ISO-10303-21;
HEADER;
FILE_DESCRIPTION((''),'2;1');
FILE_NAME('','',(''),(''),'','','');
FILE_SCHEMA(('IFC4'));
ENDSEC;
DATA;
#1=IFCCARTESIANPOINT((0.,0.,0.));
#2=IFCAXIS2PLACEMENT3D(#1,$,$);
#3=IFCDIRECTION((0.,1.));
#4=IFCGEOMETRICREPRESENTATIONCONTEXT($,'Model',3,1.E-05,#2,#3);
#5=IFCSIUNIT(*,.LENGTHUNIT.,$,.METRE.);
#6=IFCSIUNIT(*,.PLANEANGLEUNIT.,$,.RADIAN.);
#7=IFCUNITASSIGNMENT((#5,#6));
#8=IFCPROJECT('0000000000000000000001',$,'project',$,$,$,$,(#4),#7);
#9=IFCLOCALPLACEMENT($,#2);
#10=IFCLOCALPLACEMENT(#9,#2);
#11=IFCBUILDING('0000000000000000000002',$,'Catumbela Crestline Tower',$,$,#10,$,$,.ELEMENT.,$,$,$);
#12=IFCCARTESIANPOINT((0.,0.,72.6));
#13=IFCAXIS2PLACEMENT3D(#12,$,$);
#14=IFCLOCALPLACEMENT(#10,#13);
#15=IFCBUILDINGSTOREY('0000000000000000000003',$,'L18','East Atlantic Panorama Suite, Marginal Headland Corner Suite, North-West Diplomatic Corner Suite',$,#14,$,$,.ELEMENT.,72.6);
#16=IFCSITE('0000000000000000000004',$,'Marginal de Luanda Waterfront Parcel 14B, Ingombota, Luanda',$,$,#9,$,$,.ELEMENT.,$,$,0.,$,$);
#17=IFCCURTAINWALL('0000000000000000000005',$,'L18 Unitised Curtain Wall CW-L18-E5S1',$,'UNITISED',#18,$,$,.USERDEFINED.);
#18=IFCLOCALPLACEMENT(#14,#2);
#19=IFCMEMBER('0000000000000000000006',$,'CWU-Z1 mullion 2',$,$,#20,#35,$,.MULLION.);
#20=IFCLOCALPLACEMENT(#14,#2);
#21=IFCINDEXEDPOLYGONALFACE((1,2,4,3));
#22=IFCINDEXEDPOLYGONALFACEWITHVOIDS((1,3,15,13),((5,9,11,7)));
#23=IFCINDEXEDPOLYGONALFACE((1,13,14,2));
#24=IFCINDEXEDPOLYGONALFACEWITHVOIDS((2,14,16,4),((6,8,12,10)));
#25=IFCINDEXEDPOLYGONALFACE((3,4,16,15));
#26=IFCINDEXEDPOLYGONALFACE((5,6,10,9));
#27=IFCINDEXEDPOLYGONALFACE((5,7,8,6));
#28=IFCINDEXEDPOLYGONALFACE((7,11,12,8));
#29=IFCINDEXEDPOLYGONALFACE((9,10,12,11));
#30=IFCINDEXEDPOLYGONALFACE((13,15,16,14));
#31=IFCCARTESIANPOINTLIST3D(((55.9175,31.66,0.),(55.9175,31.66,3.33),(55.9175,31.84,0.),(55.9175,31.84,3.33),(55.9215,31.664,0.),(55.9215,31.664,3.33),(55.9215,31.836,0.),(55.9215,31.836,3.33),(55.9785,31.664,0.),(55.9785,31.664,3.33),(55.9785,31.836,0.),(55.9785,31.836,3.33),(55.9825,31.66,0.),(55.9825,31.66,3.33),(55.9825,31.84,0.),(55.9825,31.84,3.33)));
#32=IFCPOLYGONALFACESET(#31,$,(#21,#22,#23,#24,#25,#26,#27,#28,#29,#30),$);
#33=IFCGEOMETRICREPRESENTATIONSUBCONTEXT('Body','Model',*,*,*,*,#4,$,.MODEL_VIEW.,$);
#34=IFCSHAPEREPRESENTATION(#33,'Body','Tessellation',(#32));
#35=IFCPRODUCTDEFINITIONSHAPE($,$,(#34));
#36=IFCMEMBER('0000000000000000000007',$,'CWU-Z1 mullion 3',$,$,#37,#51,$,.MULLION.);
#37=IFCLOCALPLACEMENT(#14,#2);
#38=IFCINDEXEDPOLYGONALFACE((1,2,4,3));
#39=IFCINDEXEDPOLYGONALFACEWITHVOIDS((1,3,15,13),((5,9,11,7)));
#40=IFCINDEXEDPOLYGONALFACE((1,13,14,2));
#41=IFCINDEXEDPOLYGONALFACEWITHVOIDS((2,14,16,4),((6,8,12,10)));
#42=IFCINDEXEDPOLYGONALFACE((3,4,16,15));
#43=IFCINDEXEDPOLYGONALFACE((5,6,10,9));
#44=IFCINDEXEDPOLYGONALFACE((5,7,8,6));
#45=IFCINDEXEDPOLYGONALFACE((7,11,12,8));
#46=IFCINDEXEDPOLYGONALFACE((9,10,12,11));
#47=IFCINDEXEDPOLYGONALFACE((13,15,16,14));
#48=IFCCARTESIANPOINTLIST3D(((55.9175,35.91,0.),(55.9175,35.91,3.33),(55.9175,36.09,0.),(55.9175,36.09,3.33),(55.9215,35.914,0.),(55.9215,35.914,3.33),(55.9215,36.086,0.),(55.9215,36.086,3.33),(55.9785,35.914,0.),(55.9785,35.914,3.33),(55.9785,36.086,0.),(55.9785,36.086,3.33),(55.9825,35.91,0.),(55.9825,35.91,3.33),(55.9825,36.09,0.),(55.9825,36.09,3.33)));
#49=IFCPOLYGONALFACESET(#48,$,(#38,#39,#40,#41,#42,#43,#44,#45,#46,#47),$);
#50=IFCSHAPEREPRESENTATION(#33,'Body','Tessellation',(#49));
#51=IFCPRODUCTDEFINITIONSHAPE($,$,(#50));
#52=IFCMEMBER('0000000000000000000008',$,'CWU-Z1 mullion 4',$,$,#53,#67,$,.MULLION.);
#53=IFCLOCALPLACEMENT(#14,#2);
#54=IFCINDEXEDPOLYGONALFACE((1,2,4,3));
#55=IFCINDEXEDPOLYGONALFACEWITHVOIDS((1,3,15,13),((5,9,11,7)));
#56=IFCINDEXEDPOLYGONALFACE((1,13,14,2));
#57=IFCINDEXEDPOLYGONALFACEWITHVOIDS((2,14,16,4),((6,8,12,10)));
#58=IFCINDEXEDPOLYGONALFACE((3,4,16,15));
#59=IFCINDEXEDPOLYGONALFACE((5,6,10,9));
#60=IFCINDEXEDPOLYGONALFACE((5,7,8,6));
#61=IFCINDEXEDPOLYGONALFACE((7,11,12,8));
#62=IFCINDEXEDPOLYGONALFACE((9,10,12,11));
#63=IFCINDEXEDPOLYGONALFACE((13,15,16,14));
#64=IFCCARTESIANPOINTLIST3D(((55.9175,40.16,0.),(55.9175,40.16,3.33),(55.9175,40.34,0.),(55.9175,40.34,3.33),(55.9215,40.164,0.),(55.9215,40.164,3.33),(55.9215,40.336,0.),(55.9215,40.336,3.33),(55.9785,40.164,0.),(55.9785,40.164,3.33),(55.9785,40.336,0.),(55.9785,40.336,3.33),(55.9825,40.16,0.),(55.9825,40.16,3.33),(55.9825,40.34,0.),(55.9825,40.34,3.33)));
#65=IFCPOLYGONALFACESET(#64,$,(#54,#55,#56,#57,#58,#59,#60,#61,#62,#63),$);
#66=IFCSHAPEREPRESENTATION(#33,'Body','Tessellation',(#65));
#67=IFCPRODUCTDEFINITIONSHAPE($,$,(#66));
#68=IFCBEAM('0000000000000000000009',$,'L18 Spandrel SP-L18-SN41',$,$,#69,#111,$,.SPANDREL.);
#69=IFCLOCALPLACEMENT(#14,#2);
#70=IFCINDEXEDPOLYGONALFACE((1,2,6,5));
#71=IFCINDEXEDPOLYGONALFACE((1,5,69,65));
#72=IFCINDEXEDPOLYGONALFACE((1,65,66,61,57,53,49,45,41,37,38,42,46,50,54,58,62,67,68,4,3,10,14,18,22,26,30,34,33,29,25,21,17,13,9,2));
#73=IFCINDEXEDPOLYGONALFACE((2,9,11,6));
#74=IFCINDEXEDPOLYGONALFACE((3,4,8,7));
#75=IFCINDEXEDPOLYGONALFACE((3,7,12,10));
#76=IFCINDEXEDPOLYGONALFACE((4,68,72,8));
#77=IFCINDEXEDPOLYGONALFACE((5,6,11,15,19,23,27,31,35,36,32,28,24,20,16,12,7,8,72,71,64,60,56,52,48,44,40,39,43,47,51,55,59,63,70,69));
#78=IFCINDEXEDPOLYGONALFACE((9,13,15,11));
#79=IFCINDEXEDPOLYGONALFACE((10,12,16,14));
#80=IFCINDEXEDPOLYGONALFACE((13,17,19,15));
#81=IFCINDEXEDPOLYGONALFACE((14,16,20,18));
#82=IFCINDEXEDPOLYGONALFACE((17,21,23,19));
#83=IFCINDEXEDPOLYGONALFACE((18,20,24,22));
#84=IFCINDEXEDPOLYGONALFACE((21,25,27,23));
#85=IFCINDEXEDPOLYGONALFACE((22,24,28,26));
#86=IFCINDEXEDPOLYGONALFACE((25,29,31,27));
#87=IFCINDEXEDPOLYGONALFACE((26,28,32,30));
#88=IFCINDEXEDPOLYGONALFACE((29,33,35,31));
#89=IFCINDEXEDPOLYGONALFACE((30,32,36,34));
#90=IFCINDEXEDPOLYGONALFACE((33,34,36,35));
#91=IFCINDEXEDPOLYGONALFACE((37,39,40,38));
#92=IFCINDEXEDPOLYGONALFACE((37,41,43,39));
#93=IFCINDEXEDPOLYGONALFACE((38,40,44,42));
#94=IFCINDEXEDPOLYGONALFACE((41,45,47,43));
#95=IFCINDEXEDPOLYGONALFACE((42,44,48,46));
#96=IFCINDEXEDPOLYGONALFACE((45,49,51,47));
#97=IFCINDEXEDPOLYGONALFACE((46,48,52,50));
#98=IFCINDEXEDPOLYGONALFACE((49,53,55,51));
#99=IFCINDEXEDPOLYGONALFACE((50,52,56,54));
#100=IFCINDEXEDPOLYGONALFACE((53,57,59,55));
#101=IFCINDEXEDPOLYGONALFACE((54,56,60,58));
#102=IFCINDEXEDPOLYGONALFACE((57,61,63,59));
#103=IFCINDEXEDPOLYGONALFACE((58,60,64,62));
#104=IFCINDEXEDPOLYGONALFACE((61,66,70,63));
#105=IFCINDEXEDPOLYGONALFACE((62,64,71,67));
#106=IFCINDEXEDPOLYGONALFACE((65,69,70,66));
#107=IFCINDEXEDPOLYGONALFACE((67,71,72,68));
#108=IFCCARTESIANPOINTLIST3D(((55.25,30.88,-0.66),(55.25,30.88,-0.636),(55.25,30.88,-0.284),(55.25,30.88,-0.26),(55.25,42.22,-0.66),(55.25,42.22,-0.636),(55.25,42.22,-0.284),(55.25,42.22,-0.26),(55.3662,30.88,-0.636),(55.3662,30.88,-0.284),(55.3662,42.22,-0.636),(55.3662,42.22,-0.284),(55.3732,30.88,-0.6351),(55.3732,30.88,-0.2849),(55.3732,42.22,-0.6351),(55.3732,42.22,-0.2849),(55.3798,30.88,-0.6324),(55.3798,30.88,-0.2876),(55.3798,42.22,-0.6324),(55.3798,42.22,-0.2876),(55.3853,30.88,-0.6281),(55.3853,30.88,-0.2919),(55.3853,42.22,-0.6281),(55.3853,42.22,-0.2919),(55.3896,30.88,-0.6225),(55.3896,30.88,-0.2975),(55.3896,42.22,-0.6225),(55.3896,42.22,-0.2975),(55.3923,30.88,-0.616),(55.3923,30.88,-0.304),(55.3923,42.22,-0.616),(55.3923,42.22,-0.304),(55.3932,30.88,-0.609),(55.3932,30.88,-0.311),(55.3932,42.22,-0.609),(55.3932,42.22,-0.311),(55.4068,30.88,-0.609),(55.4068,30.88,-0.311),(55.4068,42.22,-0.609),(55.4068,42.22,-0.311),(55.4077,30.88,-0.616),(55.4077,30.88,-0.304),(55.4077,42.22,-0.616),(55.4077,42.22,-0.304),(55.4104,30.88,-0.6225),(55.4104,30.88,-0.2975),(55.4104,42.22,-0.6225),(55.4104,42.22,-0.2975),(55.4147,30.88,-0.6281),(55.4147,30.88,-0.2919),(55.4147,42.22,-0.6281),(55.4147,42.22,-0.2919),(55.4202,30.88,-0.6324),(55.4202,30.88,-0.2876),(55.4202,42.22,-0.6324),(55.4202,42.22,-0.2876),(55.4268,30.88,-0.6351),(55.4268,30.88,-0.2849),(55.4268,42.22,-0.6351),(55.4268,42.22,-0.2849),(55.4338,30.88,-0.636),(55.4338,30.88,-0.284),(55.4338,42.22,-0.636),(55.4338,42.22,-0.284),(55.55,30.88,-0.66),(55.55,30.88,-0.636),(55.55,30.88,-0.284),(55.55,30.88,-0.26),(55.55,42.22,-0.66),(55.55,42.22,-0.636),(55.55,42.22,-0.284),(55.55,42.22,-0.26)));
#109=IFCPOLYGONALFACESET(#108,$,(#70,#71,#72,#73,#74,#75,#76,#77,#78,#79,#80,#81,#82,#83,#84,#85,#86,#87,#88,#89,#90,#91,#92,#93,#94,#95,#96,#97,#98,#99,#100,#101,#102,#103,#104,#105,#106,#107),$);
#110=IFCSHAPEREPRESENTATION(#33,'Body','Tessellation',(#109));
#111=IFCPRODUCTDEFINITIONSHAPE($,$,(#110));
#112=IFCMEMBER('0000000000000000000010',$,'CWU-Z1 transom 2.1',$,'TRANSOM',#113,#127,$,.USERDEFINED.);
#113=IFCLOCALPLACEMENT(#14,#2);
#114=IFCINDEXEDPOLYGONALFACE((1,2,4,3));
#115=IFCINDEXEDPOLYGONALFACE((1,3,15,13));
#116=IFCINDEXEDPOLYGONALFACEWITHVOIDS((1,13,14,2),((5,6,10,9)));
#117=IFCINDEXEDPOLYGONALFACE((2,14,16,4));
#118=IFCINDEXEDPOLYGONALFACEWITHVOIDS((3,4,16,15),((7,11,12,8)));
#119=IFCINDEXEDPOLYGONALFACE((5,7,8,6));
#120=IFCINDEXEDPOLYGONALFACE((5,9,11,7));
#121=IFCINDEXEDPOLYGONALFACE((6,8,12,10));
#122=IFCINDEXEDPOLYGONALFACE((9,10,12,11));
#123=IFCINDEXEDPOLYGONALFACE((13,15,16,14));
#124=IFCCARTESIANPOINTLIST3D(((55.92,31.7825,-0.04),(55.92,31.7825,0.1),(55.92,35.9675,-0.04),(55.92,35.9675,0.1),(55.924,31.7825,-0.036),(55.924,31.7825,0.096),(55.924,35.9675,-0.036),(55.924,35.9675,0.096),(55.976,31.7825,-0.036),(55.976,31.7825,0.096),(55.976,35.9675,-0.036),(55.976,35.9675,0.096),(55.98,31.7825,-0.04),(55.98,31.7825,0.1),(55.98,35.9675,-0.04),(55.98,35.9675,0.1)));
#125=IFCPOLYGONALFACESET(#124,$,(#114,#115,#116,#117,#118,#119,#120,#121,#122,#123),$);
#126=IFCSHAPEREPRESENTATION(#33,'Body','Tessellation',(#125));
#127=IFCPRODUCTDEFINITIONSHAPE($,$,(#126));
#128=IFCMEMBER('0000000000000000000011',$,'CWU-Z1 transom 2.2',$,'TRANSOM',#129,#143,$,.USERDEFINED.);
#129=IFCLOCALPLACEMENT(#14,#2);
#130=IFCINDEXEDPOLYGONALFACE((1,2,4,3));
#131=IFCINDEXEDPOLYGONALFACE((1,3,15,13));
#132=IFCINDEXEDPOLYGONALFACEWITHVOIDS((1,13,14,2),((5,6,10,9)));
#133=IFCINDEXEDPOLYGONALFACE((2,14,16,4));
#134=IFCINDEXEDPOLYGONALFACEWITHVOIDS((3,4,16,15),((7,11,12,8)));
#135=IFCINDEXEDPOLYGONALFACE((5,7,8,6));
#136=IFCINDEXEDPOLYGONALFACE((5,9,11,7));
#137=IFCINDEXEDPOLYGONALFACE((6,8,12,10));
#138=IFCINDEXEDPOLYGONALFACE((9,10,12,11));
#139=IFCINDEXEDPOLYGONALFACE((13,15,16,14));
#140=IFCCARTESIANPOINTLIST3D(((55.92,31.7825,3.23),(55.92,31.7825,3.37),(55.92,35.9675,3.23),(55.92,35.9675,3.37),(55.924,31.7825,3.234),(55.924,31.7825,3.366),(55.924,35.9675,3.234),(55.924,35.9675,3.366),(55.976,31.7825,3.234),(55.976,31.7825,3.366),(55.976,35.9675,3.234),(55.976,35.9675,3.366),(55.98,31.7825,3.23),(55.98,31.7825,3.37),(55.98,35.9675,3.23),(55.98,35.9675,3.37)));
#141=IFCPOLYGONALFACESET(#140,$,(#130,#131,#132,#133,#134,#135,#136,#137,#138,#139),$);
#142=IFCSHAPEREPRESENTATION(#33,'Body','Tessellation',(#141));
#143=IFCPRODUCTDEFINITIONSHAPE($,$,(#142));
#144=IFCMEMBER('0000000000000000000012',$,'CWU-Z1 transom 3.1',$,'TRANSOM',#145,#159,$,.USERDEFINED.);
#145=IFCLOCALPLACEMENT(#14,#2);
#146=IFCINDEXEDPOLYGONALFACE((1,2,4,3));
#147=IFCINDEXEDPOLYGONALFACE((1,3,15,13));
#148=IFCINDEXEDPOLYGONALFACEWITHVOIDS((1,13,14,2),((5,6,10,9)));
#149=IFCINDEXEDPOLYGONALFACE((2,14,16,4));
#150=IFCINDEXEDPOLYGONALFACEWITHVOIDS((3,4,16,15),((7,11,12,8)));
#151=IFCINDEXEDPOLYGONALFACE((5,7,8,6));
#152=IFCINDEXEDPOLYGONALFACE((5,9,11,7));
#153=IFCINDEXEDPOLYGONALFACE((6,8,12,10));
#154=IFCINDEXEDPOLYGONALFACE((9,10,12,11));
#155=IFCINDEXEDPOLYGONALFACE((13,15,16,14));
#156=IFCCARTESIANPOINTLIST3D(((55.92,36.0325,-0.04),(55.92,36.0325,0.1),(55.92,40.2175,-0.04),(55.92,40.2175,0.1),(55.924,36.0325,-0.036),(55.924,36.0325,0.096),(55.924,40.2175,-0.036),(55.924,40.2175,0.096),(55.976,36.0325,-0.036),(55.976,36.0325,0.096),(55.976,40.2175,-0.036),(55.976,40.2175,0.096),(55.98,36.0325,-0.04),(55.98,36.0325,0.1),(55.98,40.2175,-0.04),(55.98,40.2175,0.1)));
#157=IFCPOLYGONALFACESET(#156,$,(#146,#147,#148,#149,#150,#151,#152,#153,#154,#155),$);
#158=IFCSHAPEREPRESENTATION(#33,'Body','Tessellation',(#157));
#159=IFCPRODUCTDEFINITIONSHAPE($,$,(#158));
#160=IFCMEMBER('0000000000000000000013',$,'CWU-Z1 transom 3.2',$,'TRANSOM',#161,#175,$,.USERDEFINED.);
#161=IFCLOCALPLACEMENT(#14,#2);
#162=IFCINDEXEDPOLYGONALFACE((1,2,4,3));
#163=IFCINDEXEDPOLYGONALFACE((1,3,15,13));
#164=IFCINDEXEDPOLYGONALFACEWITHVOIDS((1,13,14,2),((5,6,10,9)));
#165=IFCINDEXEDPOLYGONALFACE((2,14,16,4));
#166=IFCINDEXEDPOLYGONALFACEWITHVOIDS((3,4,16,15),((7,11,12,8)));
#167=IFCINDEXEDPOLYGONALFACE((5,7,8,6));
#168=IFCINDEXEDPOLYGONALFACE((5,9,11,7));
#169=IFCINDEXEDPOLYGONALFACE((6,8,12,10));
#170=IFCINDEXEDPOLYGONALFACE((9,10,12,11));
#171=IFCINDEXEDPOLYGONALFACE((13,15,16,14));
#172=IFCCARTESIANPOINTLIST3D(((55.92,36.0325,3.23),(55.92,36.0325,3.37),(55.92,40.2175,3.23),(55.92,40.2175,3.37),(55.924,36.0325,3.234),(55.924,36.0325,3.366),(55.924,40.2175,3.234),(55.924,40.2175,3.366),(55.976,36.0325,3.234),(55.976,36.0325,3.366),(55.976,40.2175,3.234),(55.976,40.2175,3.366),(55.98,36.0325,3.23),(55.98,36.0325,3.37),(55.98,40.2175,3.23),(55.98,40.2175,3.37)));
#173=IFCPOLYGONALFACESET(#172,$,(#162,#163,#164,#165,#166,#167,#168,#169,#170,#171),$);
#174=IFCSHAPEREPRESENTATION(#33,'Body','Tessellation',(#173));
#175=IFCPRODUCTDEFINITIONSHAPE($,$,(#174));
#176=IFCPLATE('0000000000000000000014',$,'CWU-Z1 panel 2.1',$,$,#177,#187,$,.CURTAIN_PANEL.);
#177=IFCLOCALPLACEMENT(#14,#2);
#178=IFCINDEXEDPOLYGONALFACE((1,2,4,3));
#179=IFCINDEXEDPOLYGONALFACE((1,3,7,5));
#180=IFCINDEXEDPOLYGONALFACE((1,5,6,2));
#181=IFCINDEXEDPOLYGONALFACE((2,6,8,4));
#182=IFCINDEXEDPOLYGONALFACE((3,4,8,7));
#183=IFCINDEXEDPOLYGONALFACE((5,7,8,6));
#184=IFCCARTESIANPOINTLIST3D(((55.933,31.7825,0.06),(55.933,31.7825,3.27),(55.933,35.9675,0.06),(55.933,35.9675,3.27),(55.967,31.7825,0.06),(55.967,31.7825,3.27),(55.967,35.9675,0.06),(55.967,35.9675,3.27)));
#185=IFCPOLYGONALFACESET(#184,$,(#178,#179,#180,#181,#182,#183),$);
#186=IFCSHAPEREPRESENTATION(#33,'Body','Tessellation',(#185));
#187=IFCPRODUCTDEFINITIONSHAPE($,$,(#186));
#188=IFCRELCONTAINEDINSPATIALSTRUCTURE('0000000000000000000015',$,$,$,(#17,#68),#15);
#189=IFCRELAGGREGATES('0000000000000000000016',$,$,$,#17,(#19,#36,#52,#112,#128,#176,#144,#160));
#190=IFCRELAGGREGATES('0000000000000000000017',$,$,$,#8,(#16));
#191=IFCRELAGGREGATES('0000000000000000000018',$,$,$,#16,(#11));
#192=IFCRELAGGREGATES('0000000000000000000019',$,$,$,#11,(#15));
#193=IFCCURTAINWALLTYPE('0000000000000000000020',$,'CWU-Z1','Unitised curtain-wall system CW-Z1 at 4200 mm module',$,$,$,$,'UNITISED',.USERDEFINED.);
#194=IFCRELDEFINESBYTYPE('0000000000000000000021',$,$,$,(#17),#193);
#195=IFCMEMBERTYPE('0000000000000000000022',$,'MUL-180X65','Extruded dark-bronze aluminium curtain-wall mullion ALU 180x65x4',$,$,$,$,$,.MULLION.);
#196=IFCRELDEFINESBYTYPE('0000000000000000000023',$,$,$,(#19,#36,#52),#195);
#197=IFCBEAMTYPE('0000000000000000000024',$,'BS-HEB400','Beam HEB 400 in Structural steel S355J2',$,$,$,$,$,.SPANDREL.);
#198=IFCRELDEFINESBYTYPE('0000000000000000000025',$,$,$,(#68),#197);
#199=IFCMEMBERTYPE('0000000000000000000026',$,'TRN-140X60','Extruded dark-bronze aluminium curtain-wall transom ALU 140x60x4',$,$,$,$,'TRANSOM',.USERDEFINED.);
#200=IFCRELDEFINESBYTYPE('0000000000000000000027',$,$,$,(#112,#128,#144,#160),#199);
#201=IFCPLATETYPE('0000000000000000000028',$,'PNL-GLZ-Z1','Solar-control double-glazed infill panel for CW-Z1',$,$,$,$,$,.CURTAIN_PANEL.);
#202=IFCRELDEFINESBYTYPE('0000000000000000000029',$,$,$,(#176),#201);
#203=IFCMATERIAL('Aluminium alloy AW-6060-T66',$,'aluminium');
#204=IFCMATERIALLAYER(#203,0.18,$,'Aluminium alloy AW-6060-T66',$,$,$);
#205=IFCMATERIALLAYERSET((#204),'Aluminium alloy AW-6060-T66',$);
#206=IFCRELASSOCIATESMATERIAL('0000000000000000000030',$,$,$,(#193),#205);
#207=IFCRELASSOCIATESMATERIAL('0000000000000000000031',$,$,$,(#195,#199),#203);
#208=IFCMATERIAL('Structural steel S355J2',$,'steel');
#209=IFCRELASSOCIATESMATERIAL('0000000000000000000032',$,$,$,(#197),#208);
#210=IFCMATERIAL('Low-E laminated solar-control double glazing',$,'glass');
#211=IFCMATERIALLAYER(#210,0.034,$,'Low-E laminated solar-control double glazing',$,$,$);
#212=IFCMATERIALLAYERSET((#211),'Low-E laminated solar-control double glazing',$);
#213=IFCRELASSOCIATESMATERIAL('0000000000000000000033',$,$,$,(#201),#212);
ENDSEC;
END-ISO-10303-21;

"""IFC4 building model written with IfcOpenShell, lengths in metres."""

from ifc_helpers import new_model, si_unit, direction, frame, origin, origin_2d, place, context, subcontext, project, spatial, rectangle, hollow_rectangle, i_section, extrude, material, layer, layer_set, material_profile, profile_set, type_object, element, aggregate, save


model = new_model("IFC4")

# Units and contexts
model_context = context("Model", 3, precision=1e-05, world=origin(), true_north=direction((0.0, 1.0)))
body_context = subcontext(model_context, "Body", "Model", "MODEL_VIEW")
ifc_project = project(units=[si_unit("LENGTHUNIT", "METRE"), si_unit("PLANEANGLEUNIT", "RADIAN")], contexts=[model_context])

# Site, building, storey
site_placement = place(None, origin())
site = spatial("IfcSite", under=ifc_project, at=site_placement, Name="Marginal de Luanda Waterfront Parcel 14B, Ingombota, Luanda", CompositionType="ELEMENT", RefElevation=0.0)
building_placement = place(site_placement, origin())
building = spatial("IfcBuilding", under=site, at=building_placement, Name="Catumbela Crestline Tower", CompositionType="ELEMENT")
storey_placement = place(building_placement, frame((0.0, 0.0, 72.6)))
storey = spatial("IfcBuildingStorey", under=building, at=storey_placement, Name="L18", Description="East Atlantic Panorama Suite, Marginal Headland Corner Suite, North-West Diplomatic Corner Suite", CompositionType="ELEMENT", Elevation=72.6)

# Shared definitions
ifc_material_1 = material(Name="Structural steel S355J2", Category="steel")

# Curtain wall, members
ifc_material_2 = material(Name="Aluminium alloy AW-6060-T66", Category="aluminium")
ifc_layer_1 = layer(ifc_material_2, 0.18, Name="Aluminium alloy AW-6060-T66")
ifc_layer_set_1 = layer_set([ifc_layer_1], Name="Aluminium alloy AW-6060-T66")
curtain_wall_type = type_object("IfcCurtainWallType", Name="CWU-Z1", Description="Unitised curtain-wall system CW-Z1 at 4200 mm module", ElementType="UNITISED", PredefinedType="USERDEFINED", material=ifc_layer_set_1)
curtain_wall_placement = place(storey_placement, origin())
curtain_wall = element("IfcCurtainWall", 1, at=curtain_wall_placement, inside=storey, type_object=curtain_wall_type, Name="L18 Unitised Curtain Wall CW-L18-E5S1", ObjectType="UNITISED", PredefinedType="USERDEFINED")
ifc_material_profile_1 = material_profile(ifc_material_2, hollow_rectangle(XDim=0.065, YDim=0.18, WallThickness=0.004, at=origin_2d()), Name="ALU 180x65x4")
ifc_profile_set_1 = profile_set([ifc_material_profile_1], Name="Aluminium alloy AW-6060-T66")
member_type_1 = type_object("IfcMemberType", Name="MUL-180X65", Description="Extruded dark-bronze aluminium curtain-wall mullion ALU 180x65x4", PredefinedType="MULLION", material=ifc_profile_set_1)
member_1_placement = place(storey_placement, frame((55.95, 31.75, 0.0), z_axis=(0.0, 0.0, 1.0), x_axis=(-1.0, 0.0, 0.0)))
member_1 = element("IfcMember", 2, at=member_1_placement, type_object=member_type_1, Name="CWU-Z1 mullion 2", PredefinedType="MULLION", context=body_context, shape_type="SweptSolid", body=[
    extrude(hollow_rectangle(XDim=0.065, YDim=0.18, WallThickness=0.004, at=origin_2d()), origin(), (0.0, 0.0, 1.0), 3.33),
])
member_2_placement = place(storey_placement, frame((55.95, 36.0, 0.0), z_axis=(0.0, 0.0, 1.0), x_axis=(-1.0, 0.0, 0.0)))
member_2 = element("IfcMember", 3, at=member_2_placement, type_object=member_type_1, Name="CWU-Z1 mullion 3", PredefinedType="MULLION", context=body_context, shape_type="SweptSolid", body=[
    extrude(hollow_rectangle(XDim=0.065, YDim=0.18, WallThickness=0.004, at=origin_2d()), origin(), (0.0, 0.0, 1.0), 3.33),
])
member_3_placement = place(storey_placement, frame((55.95, 40.25, 0.0), z_axis=(0.0, 0.0, 1.0), x_axis=(-1.0, 0.0, 0.0)))
member_3 = element("IfcMember", 4, at=member_3_placement, type_object=member_type_1, Name="CWU-Z1 mullion 4", PredefinedType="MULLION", context=body_context, shape_type="SweptSolid", body=[
    extrude(hollow_rectangle(XDim=0.065, YDim=0.18, WallThickness=0.004, at=origin_2d()), origin(), (0.0, 0.0, 1.0), 3.33),
])

# Beam
ifc_material_profile_2 = material_profile(ifc_material_1, i_section(OverallWidth=0.3, OverallDepth=0.4, WebThickness=0.0135, FlangeThickness=0.024, FilletRadius=0.027, at=origin_2d()), Name="HEB 400")
ifc_profile_set_2 = profile_set([ifc_material_profile_2], Name="Structural steel S355J2")
beam_type_1 = type_object("IfcBeamType", Name="BS-HEB400", Description="Beam HEB 400 in Structural steel S355J2", PredefinedType="SPANDREL", material=ifc_profile_set_2)
beam_1_placement = place(storey_placement, frame((55.4, 30.88, -0.46), z_axis=(0.0, 1.0, 0.0), x_axis=(-1.0, 0.0, 0.0)))
element("IfcBeam", 5, at=beam_1_placement, inside=storey, type_object=beam_type_1, Name="L18 Spandrel SP-L18-SN41", PredefinedType="SPANDREL", context=body_context, shape_type="SweptSolid", body=[
    extrude(i_section(OverallWidth=0.3, OverallDepth=0.4, WebThickness=0.0135, FlangeThickness=0.024, FilletRadius=0.027, at=origin_2d()), origin(), (0.0, 0.0, 1.0), 11.34),
])

# Members
ifc_material_profile_3 = material_profile(ifc_material_2, hollow_rectangle(XDim=0.06, YDim=0.14, WallThickness=0.004, at=origin_2d()), Name="ALU 140x60x4")
ifc_profile_set_3 = profile_set([ifc_material_profile_3], Name="Aluminium alloy AW-6060-T66")
member_type_2 = type_object("IfcMemberType", Name="TRN-140X60", Description="Extruded dark-bronze aluminium curtain-wall transom ALU 140x60x4", ElementType="TRANSOM", PredefinedType="USERDEFINED", material=ifc_profile_set_3)
member_4_placement = place(storey_placement, frame((55.95, 31.7825, 0.03), z_axis=(0.0, 1.0, 0.0), x_axis=(-1.0, 0.0, 0.0)))
member_4 = element("IfcMember", 6, at=member_4_placement, type_object=member_type_2, Name="CWU-Z1 transom 2.1", ObjectType="TRANSOM", PredefinedType="USERDEFINED", context=body_context, shape_type="SweptSolid", body=[
    extrude(hollow_rectangle(XDim=0.06, YDim=0.14, WallThickness=0.004, at=origin_2d()), origin(), (0.0, 0.0, 1.0), 4.185),
])
member_5_placement = place(storey_placement, frame((55.95, 31.7825, 3.3), z_axis=(0.0, 1.0, 0.0), x_axis=(-1.0, 0.0, 0.0)))
member_5 = element("IfcMember", 7, at=member_5_placement, type_object=member_type_2, Name="CWU-Z1 transom 2.2", ObjectType="TRANSOM", PredefinedType="USERDEFINED", context=body_context, shape_type="SweptSolid", body=[
    extrude(hollow_rectangle(XDim=0.06, YDim=0.14, WallThickness=0.004, at=origin_2d()), origin(), (0.0, 0.0, 1.0), 4.185),
])
member_6_placement = place(storey_placement, frame((55.95, 36.0325, 0.03), z_axis=(0.0, 1.0, 0.0), x_axis=(-1.0, 0.0, 0.0)))
member_6 = element("IfcMember", 8, at=member_6_placement, type_object=member_type_2, Name="CWU-Z1 transom 3.1", ObjectType="TRANSOM", PredefinedType="USERDEFINED", context=body_context, shape_type="SweptSolid", body=[
    extrude(hollow_rectangle(XDim=0.06, YDim=0.14, WallThickness=0.004, at=origin_2d()), origin(), (0.0, 0.0, 1.0), 4.185),
])
member_7_placement = place(storey_placement, frame((55.95, 36.0325, 3.3), z_axis=(0.0, 1.0, 0.0), x_axis=(-1.0, 0.0, 0.0)))
member_7 = element("IfcMember", 9, at=member_7_placement, type_object=member_type_2, Name="CWU-Z1 transom 3.2", ObjectType="TRANSOM", PredefinedType="USERDEFINED", context=body_context, shape_type="SweptSolid", body=[
    extrude(hollow_rectangle(XDim=0.06, YDim=0.14, WallThickness=0.004, at=origin_2d()), origin(), (0.0, 0.0, 1.0), 4.185),
])

# Plate
ifc_material_3 = material(Name="Low-E laminated solar-control double glazing", Category="glass")
ifc_layer_2 = layer(ifc_material_3, 0.034, Name="Low-E laminated solar-control double glazing")
ifc_layer_set_2 = layer_set([ifc_layer_2], Name="Low-E laminated solar-control double glazing")
plate_type = type_object("IfcPlateType", Name="PNL-GLZ-Z1", Description="Solar-control double-glazed infill panel for CW-Z1", PredefinedType="CURTAIN_PANEL", material=ifc_layer_set_2)
plate_1_placement = place(storey_placement, frame((55.95, 33.875, 0.06), z_axis=(0.0, 0.0, 1.0), x_axis=(0.0, 1.0, 0.0)))
plate_1 = element("IfcPlate", 10, at=plate_1_placement, type_object=plate_type, Name="CWU-Z1 panel 2.1", PredefinedType="CURTAIN_PANEL", context=body_context, shape_type="SweptSolid", body=[
    extrude(rectangle(XDim=4.185, YDim=0.034, at=origin_2d()), origin(), (0.0, 0.0, 1.0), 3.21),
])
aggregate(curtain_wall, [member_1, member_2, member_3, member_4, member_5, plate_1, member_6, member_7])

save(model, "model.ifc")
